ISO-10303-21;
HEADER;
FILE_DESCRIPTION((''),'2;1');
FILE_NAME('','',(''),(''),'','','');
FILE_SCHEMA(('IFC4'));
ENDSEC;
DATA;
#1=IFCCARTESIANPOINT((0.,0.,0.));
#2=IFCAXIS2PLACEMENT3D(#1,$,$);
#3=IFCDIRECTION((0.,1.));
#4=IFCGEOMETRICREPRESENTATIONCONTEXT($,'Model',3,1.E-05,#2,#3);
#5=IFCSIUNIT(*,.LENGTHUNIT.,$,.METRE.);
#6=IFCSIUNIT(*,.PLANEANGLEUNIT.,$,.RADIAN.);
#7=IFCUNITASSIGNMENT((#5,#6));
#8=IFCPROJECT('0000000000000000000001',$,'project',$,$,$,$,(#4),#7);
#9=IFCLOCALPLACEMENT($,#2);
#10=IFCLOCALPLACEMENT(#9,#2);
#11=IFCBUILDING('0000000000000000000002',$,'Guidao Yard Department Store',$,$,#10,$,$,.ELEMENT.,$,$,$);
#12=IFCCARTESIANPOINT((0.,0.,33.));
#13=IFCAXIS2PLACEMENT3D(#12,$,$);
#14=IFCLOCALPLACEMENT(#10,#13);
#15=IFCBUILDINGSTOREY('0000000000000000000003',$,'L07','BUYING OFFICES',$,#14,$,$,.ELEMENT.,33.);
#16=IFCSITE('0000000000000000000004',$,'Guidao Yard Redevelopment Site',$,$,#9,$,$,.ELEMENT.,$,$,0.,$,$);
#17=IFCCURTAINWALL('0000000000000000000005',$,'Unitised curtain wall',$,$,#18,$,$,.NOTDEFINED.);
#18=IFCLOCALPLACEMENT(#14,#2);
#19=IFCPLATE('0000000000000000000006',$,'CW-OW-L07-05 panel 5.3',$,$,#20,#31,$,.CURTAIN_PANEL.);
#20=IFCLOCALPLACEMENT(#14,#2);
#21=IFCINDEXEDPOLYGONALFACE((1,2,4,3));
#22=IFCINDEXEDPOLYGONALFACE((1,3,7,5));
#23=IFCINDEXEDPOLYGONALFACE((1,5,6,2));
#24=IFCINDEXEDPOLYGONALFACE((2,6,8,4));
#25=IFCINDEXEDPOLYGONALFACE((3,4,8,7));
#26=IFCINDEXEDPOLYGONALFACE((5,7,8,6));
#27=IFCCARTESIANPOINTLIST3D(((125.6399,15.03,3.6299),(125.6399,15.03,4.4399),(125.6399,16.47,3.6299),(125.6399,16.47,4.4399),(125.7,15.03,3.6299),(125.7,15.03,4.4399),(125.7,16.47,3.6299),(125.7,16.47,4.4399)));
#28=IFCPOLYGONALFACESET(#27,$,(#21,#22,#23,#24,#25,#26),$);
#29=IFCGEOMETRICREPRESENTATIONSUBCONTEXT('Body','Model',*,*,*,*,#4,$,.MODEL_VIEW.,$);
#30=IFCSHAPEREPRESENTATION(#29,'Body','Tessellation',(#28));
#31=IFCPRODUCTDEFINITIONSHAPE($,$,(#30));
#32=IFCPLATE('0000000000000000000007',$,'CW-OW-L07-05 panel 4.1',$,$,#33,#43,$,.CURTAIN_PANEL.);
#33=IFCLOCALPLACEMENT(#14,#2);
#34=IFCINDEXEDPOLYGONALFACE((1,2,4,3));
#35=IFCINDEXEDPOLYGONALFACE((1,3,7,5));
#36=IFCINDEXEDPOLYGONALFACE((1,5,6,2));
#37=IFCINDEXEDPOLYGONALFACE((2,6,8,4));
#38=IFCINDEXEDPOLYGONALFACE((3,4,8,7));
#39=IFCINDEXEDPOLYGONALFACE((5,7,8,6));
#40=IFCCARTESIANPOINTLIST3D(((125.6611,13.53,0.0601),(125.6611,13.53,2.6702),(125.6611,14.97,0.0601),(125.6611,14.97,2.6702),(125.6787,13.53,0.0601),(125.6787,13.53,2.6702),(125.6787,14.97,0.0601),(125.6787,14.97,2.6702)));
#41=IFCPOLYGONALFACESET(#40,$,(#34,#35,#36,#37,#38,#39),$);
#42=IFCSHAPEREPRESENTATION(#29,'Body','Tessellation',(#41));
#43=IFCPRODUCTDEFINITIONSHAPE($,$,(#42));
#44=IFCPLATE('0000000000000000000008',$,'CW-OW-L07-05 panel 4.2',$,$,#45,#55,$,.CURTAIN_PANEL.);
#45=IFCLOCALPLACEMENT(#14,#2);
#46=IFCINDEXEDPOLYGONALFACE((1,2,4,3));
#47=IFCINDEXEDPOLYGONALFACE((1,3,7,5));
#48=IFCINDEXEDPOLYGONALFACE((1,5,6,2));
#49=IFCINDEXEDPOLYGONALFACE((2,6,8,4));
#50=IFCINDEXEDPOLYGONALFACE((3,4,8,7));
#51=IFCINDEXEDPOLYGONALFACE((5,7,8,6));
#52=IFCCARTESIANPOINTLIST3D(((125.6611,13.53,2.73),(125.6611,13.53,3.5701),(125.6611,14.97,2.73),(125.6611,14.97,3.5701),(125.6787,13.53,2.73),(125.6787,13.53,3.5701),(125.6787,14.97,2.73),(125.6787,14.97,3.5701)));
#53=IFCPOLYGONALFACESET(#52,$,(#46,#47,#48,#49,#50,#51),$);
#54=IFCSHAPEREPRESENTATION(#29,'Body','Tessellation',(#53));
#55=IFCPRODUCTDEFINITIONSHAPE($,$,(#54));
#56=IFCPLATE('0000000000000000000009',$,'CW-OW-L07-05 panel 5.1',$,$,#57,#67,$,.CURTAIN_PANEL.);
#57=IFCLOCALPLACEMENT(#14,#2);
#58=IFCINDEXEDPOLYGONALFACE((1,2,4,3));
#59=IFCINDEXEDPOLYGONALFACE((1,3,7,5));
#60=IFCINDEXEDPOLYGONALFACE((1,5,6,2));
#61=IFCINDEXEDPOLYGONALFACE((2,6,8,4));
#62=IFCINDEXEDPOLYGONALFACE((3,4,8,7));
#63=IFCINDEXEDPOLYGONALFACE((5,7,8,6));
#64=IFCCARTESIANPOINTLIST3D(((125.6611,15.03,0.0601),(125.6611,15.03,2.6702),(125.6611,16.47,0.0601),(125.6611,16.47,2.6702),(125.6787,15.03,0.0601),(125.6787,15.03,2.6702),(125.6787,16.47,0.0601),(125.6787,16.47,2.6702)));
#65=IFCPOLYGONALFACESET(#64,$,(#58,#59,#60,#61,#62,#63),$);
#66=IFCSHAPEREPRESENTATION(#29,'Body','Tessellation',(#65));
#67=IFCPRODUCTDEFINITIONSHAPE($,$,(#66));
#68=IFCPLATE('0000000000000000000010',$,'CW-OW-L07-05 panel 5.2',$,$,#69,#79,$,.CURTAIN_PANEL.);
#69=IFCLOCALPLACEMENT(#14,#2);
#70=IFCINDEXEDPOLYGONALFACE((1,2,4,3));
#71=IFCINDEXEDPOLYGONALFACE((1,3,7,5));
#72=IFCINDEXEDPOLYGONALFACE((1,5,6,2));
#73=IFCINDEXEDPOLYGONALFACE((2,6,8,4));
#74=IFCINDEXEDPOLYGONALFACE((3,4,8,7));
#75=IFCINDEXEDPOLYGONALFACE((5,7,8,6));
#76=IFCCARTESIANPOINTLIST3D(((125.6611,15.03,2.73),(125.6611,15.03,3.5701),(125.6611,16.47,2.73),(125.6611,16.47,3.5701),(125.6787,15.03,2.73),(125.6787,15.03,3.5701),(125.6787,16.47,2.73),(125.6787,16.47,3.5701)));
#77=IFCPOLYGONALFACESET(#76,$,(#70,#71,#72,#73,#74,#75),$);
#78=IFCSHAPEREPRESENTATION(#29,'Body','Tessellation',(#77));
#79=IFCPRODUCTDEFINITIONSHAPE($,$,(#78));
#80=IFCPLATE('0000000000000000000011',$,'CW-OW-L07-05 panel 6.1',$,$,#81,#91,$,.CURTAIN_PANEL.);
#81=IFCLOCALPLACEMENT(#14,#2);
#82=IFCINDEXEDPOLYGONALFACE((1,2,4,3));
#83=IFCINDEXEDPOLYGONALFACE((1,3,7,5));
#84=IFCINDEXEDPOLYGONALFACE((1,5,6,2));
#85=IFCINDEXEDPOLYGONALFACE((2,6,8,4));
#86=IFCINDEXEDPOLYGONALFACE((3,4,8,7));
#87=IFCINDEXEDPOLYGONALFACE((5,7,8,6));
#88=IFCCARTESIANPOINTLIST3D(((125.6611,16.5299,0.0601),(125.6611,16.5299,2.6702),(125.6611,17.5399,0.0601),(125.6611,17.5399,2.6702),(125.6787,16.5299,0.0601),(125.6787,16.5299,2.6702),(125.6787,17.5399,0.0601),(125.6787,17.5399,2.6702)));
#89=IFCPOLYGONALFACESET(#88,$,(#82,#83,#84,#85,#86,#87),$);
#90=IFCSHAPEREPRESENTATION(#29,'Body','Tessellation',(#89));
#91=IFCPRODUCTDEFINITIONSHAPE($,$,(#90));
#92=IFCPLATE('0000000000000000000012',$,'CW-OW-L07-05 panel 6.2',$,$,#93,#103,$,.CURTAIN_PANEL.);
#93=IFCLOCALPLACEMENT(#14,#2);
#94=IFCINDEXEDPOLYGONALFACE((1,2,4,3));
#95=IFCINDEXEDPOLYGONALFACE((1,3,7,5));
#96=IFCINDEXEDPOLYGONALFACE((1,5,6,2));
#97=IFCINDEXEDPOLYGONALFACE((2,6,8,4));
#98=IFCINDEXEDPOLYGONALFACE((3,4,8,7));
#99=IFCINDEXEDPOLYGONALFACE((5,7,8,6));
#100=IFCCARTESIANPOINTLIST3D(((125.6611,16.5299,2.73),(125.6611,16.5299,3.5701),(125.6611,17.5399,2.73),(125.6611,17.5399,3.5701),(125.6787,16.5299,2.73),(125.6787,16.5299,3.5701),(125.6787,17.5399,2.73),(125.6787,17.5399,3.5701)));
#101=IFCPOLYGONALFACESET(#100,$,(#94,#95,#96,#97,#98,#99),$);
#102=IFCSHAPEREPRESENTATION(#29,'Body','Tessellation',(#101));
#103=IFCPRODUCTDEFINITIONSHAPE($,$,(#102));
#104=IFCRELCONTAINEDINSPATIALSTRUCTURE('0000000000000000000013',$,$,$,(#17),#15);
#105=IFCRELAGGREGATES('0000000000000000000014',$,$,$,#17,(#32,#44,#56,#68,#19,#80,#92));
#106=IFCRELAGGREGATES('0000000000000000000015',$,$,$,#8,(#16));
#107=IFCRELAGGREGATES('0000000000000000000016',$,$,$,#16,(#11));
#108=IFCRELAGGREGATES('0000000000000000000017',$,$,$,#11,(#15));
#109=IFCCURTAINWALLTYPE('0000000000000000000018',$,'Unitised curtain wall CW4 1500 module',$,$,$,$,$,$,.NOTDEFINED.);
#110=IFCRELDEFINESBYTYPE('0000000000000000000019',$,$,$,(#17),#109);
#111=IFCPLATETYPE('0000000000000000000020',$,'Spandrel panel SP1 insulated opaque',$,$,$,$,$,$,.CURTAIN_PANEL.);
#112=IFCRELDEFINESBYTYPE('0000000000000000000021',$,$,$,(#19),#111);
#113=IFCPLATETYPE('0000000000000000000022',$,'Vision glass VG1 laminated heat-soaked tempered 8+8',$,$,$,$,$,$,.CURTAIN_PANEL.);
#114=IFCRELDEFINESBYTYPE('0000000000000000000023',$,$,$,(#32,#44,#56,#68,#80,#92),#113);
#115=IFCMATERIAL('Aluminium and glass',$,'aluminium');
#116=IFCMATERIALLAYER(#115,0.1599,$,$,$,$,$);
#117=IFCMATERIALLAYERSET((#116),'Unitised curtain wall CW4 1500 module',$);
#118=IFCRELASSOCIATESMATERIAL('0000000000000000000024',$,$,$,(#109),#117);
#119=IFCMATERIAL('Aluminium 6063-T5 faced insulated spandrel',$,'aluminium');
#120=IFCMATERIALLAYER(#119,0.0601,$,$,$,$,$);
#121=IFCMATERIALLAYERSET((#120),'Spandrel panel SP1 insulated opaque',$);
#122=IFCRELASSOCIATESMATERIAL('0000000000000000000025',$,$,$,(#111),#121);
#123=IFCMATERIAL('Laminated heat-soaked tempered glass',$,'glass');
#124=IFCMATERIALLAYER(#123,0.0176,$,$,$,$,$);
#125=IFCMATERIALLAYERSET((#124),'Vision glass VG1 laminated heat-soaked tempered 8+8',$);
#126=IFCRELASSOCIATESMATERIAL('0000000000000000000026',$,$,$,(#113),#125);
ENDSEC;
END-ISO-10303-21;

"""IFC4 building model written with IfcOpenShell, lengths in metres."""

from ifc_helpers import new_model, si_unit, direction, frame, origin, origin_2d, place, context, subcontext, project, spatial, rectangle, extrude, material, layer, layer_set, type_object, element, aggregate, save


model = new_model("IFC4")

# Units and contexts
model_context = context("Model", 3, precision=1e-05, world=origin(), true_north=direction((0.0, 1.0)))
body_context = subcontext(model_context, "Body", "Model", "MODEL_VIEW")
ifc_project = project(units=[si_unit("LENGTHUNIT", "METRE"), si_unit("PLANEANGLEUNIT", "RADIAN")], contexts=[model_context])

# Site, building, storey
site_placement = place(None, origin())
site = spatial("IfcSite", under=ifc_project, at=site_placement, Name="Guidao Yard Redevelopment Site", CompositionType="ELEMENT", RefElevation=0.0)
building_placement = place(site_placement, origin())
building = spatial("IfcBuilding", under=site, at=building_placement, Name="Guidao Yard Department Store", CompositionType="ELEMENT")
storey_placement = place(building_placement, frame((0.0, 0.0, 33.0)))
storey = spatial("IfcBuildingStorey", under=building, at=storey_placement, Name="L07", Description="BUYING OFFICES", CompositionType="ELEMENT", Elevation=33.0)

# Curtain wall, plates
ifc_material_1 = material(Name="Aluminium and glass", Category="aluminium")
ifc_layer_1 = layer(ifc_material_1, 0.1599)
ifc_layer_set_1 = layer_set([ifc_layer_1], Name="Unitised curtain wall CW4 1500 module")
curtain_wall_type = type_object("IfcCurtainWallType", Name="Unitised curtain wall CW4 1500 module", PredefinedType="NOTDEFINED", material=ifc_layer_set_1)
curtain_wall_placement = place(storey_placement, origin())
curtain_wall = element("IfcCurtainWall", 1, at=curtain_wall_placement, inside=storey, type_object=curtain_wall_type, Name="Unitised curtain wall", PredefinedType="NOTDEFINED")
ifc_material_2 = material(Name="Aluminium 6063-T5 faced insulated spandrel", Category="aluminium")
ifc_layer_2 = layer(ifc_material_2, 0.0601)
ifc_layer_set_2 = layer_set([ifc_layer_2], Name="Spandrel panel SP1 insulated opaque")
plate_type_1 = type_object("IfcPlateType", Name="Spandrel panel SP1 insulated opaque", PredefinedType="CURTAIN_PANEL", material=ifc_layer_set_2)
plate_1_placement = place(storey_placement, frame((125.6699, 15.75, 3.6299), z_axis=(0.0, 0.0, 1.0), x_axis=(0.0, 1.0, 0.0)))
plate_1 = element("IfcPlate", 2, at=plate_1_placement, type_object=plate_type_1, Name="CW-OW-L07-05 panel 5.3", PredefinedType="CURTAIN_PANEL", context=body_context, shape_type="SweptSolid", body=[
    extrude(rectangle(XDim=1.4399, YDim=0.0601, at=origin_2d()), origin(), (0.0, 0.0, 1.0), 0.8101),
])
ifc_material_3 = material(Name="Laminated heat-soaked tempered glass", Category="glass")
ifc_layer_3 = layer(ifc_material_3, 0.0176)
ifc_layer_set_3 = layer_set([ifc_layer_3], Name="Vision glass VG1 laminated heat-soaked tempered 8+8")
plate_type_2 = type_object("IfcPlateType", Name="Vision glass VG1 laminated heat-soaked tempered 8+8", PredefinedType="CURTAIN_PANEL", material=ifc_layer_set_3)
plate_2_placement = place(storey_placement, frame((125.6699, 14.25, 0.0601), z_axis=(0.0, 0.0, 1.0), x_axis=(0.0, 1.0, 0.0)))
plate_2 = element("IfcPlate", 3, at=plate_2_placement, type_object=plate_type_2, Name="CW-OW-L07-05 panel 4.1", PredefinedType="CURTAIN_PANEL", context=body_context, shape_type="SweptSolid", body=[
    extrude(rectangle(XDim=1.4399, YDim=0.0176, at=origin_2d()), origin(), (0.0, 0.0, 1.0), 2.6101),
])
plate_3_placement = place(storey_placement, frame((125.6699, 14.25, 2.73), z_axis=(0.0, 0.0, 1.0), x_axis=(0.0, 1.0, 0.0)))
plate_3 = element("IfcPlate", 4, at=plate_3_placement, type_object=plate_type_2, Name="CW-OW-L07-05 panel 4.2", PredefinedType="CURTAIN_PANEL", context=body_context, shape_type="SweptSolid", body=[
    extrude(rectangle(XDim=1.4399, YDim=0.0176, at=origin_2d()), origin(), (0.0, 0.0, 1.0), 0.8401),
])
plate_4_placement = place(storey_placement, frame((125.6699, 15.75, 0.0601), z_axis=(0.0, 0.0, 1.0), x_axis=(0.0, 1.0, 0.0)))
plate_4 = element("IfcPlate", 5, at=plate_4_placement, type_object=plate_type_2, Name="CW-OW-L07-05 panel 5.1", PredefinedType="CURTAIN_PANEL", context=body_context, shape_type="SweptSolid", body=[
    extrude(rectangle(XDim=1.4399, YDim=0.0176, at=origin_2d()), origin(), (0.0, 0.0, 1.0), 2.6101),
])
plate_5_placement = place(storey_placement, frame((125.6699, 15.75, 2.73), z_axis=(0.0, 0.0, 1.0), x_axis=(0.0, 1.0, 0.0)))
plate_5 = element("IfcPlate", 6, at=plate_5_placement, type_object=plate_type_2, Name="CW-OW-L07-05 panel 5.2", PredefinedType="CURTAIN_PANEL", context=body_context, shape_type="SweptSolid", body=[
    extrude(rectangle(XDim=1.4399, YDim=0.0176, at=origin_2d()), origin(), (0.0, 0.0, 1.0), 0.8401),
])
plate_6_placement = place(storey_placement, frame((125.6699, 17.0349, 0.0601), z_axis=(0.0, 0.0, 1.0), x_axis=(0.0, 1.0, 0.0)))
plate_6 = element("IfcPlate", 7, at=plate_6_placement, type_object=plate_type_2, Name="CW-OW-L07-05 panel 6.1", PredefinedType="CURTAIN_PANEL", context=body_context, shape_type="SweptSolid", body=[
    extrude(rectangle(XDim=1.01, YDim=0.0176, at=origin_2d()), origin(), (0.0, 0.0, 1.0), 2.6101),
])
plate_7_placement = place(storey_placement, frame((125.6699, 17.0349, 2.73), z_axis=(0.0, 0.0, 1.0), x_axis=(0.0, 1.0, 0.0)))
plate_7 = element("IfcPlate", 8, at=plate_7_placement, type_object=plate_type_2, Name="CW-OW-L07-05 panel 6.2", PredefinedType="CURTAIN_PANEL", context=body_context, shape_type="SweptSolid", body=[
    extrude(rectangle(XDim=1.01, YDim=0.0176, at=origin_2d()), origin(), (0.0, 0.0, 1.0), 0.8401),
])
aggregate(curtain_wall, [plate_2, plate_3, plate_4, plate_5, plate_1, plate_6, plate_7])

save(model, "model.ifc")
